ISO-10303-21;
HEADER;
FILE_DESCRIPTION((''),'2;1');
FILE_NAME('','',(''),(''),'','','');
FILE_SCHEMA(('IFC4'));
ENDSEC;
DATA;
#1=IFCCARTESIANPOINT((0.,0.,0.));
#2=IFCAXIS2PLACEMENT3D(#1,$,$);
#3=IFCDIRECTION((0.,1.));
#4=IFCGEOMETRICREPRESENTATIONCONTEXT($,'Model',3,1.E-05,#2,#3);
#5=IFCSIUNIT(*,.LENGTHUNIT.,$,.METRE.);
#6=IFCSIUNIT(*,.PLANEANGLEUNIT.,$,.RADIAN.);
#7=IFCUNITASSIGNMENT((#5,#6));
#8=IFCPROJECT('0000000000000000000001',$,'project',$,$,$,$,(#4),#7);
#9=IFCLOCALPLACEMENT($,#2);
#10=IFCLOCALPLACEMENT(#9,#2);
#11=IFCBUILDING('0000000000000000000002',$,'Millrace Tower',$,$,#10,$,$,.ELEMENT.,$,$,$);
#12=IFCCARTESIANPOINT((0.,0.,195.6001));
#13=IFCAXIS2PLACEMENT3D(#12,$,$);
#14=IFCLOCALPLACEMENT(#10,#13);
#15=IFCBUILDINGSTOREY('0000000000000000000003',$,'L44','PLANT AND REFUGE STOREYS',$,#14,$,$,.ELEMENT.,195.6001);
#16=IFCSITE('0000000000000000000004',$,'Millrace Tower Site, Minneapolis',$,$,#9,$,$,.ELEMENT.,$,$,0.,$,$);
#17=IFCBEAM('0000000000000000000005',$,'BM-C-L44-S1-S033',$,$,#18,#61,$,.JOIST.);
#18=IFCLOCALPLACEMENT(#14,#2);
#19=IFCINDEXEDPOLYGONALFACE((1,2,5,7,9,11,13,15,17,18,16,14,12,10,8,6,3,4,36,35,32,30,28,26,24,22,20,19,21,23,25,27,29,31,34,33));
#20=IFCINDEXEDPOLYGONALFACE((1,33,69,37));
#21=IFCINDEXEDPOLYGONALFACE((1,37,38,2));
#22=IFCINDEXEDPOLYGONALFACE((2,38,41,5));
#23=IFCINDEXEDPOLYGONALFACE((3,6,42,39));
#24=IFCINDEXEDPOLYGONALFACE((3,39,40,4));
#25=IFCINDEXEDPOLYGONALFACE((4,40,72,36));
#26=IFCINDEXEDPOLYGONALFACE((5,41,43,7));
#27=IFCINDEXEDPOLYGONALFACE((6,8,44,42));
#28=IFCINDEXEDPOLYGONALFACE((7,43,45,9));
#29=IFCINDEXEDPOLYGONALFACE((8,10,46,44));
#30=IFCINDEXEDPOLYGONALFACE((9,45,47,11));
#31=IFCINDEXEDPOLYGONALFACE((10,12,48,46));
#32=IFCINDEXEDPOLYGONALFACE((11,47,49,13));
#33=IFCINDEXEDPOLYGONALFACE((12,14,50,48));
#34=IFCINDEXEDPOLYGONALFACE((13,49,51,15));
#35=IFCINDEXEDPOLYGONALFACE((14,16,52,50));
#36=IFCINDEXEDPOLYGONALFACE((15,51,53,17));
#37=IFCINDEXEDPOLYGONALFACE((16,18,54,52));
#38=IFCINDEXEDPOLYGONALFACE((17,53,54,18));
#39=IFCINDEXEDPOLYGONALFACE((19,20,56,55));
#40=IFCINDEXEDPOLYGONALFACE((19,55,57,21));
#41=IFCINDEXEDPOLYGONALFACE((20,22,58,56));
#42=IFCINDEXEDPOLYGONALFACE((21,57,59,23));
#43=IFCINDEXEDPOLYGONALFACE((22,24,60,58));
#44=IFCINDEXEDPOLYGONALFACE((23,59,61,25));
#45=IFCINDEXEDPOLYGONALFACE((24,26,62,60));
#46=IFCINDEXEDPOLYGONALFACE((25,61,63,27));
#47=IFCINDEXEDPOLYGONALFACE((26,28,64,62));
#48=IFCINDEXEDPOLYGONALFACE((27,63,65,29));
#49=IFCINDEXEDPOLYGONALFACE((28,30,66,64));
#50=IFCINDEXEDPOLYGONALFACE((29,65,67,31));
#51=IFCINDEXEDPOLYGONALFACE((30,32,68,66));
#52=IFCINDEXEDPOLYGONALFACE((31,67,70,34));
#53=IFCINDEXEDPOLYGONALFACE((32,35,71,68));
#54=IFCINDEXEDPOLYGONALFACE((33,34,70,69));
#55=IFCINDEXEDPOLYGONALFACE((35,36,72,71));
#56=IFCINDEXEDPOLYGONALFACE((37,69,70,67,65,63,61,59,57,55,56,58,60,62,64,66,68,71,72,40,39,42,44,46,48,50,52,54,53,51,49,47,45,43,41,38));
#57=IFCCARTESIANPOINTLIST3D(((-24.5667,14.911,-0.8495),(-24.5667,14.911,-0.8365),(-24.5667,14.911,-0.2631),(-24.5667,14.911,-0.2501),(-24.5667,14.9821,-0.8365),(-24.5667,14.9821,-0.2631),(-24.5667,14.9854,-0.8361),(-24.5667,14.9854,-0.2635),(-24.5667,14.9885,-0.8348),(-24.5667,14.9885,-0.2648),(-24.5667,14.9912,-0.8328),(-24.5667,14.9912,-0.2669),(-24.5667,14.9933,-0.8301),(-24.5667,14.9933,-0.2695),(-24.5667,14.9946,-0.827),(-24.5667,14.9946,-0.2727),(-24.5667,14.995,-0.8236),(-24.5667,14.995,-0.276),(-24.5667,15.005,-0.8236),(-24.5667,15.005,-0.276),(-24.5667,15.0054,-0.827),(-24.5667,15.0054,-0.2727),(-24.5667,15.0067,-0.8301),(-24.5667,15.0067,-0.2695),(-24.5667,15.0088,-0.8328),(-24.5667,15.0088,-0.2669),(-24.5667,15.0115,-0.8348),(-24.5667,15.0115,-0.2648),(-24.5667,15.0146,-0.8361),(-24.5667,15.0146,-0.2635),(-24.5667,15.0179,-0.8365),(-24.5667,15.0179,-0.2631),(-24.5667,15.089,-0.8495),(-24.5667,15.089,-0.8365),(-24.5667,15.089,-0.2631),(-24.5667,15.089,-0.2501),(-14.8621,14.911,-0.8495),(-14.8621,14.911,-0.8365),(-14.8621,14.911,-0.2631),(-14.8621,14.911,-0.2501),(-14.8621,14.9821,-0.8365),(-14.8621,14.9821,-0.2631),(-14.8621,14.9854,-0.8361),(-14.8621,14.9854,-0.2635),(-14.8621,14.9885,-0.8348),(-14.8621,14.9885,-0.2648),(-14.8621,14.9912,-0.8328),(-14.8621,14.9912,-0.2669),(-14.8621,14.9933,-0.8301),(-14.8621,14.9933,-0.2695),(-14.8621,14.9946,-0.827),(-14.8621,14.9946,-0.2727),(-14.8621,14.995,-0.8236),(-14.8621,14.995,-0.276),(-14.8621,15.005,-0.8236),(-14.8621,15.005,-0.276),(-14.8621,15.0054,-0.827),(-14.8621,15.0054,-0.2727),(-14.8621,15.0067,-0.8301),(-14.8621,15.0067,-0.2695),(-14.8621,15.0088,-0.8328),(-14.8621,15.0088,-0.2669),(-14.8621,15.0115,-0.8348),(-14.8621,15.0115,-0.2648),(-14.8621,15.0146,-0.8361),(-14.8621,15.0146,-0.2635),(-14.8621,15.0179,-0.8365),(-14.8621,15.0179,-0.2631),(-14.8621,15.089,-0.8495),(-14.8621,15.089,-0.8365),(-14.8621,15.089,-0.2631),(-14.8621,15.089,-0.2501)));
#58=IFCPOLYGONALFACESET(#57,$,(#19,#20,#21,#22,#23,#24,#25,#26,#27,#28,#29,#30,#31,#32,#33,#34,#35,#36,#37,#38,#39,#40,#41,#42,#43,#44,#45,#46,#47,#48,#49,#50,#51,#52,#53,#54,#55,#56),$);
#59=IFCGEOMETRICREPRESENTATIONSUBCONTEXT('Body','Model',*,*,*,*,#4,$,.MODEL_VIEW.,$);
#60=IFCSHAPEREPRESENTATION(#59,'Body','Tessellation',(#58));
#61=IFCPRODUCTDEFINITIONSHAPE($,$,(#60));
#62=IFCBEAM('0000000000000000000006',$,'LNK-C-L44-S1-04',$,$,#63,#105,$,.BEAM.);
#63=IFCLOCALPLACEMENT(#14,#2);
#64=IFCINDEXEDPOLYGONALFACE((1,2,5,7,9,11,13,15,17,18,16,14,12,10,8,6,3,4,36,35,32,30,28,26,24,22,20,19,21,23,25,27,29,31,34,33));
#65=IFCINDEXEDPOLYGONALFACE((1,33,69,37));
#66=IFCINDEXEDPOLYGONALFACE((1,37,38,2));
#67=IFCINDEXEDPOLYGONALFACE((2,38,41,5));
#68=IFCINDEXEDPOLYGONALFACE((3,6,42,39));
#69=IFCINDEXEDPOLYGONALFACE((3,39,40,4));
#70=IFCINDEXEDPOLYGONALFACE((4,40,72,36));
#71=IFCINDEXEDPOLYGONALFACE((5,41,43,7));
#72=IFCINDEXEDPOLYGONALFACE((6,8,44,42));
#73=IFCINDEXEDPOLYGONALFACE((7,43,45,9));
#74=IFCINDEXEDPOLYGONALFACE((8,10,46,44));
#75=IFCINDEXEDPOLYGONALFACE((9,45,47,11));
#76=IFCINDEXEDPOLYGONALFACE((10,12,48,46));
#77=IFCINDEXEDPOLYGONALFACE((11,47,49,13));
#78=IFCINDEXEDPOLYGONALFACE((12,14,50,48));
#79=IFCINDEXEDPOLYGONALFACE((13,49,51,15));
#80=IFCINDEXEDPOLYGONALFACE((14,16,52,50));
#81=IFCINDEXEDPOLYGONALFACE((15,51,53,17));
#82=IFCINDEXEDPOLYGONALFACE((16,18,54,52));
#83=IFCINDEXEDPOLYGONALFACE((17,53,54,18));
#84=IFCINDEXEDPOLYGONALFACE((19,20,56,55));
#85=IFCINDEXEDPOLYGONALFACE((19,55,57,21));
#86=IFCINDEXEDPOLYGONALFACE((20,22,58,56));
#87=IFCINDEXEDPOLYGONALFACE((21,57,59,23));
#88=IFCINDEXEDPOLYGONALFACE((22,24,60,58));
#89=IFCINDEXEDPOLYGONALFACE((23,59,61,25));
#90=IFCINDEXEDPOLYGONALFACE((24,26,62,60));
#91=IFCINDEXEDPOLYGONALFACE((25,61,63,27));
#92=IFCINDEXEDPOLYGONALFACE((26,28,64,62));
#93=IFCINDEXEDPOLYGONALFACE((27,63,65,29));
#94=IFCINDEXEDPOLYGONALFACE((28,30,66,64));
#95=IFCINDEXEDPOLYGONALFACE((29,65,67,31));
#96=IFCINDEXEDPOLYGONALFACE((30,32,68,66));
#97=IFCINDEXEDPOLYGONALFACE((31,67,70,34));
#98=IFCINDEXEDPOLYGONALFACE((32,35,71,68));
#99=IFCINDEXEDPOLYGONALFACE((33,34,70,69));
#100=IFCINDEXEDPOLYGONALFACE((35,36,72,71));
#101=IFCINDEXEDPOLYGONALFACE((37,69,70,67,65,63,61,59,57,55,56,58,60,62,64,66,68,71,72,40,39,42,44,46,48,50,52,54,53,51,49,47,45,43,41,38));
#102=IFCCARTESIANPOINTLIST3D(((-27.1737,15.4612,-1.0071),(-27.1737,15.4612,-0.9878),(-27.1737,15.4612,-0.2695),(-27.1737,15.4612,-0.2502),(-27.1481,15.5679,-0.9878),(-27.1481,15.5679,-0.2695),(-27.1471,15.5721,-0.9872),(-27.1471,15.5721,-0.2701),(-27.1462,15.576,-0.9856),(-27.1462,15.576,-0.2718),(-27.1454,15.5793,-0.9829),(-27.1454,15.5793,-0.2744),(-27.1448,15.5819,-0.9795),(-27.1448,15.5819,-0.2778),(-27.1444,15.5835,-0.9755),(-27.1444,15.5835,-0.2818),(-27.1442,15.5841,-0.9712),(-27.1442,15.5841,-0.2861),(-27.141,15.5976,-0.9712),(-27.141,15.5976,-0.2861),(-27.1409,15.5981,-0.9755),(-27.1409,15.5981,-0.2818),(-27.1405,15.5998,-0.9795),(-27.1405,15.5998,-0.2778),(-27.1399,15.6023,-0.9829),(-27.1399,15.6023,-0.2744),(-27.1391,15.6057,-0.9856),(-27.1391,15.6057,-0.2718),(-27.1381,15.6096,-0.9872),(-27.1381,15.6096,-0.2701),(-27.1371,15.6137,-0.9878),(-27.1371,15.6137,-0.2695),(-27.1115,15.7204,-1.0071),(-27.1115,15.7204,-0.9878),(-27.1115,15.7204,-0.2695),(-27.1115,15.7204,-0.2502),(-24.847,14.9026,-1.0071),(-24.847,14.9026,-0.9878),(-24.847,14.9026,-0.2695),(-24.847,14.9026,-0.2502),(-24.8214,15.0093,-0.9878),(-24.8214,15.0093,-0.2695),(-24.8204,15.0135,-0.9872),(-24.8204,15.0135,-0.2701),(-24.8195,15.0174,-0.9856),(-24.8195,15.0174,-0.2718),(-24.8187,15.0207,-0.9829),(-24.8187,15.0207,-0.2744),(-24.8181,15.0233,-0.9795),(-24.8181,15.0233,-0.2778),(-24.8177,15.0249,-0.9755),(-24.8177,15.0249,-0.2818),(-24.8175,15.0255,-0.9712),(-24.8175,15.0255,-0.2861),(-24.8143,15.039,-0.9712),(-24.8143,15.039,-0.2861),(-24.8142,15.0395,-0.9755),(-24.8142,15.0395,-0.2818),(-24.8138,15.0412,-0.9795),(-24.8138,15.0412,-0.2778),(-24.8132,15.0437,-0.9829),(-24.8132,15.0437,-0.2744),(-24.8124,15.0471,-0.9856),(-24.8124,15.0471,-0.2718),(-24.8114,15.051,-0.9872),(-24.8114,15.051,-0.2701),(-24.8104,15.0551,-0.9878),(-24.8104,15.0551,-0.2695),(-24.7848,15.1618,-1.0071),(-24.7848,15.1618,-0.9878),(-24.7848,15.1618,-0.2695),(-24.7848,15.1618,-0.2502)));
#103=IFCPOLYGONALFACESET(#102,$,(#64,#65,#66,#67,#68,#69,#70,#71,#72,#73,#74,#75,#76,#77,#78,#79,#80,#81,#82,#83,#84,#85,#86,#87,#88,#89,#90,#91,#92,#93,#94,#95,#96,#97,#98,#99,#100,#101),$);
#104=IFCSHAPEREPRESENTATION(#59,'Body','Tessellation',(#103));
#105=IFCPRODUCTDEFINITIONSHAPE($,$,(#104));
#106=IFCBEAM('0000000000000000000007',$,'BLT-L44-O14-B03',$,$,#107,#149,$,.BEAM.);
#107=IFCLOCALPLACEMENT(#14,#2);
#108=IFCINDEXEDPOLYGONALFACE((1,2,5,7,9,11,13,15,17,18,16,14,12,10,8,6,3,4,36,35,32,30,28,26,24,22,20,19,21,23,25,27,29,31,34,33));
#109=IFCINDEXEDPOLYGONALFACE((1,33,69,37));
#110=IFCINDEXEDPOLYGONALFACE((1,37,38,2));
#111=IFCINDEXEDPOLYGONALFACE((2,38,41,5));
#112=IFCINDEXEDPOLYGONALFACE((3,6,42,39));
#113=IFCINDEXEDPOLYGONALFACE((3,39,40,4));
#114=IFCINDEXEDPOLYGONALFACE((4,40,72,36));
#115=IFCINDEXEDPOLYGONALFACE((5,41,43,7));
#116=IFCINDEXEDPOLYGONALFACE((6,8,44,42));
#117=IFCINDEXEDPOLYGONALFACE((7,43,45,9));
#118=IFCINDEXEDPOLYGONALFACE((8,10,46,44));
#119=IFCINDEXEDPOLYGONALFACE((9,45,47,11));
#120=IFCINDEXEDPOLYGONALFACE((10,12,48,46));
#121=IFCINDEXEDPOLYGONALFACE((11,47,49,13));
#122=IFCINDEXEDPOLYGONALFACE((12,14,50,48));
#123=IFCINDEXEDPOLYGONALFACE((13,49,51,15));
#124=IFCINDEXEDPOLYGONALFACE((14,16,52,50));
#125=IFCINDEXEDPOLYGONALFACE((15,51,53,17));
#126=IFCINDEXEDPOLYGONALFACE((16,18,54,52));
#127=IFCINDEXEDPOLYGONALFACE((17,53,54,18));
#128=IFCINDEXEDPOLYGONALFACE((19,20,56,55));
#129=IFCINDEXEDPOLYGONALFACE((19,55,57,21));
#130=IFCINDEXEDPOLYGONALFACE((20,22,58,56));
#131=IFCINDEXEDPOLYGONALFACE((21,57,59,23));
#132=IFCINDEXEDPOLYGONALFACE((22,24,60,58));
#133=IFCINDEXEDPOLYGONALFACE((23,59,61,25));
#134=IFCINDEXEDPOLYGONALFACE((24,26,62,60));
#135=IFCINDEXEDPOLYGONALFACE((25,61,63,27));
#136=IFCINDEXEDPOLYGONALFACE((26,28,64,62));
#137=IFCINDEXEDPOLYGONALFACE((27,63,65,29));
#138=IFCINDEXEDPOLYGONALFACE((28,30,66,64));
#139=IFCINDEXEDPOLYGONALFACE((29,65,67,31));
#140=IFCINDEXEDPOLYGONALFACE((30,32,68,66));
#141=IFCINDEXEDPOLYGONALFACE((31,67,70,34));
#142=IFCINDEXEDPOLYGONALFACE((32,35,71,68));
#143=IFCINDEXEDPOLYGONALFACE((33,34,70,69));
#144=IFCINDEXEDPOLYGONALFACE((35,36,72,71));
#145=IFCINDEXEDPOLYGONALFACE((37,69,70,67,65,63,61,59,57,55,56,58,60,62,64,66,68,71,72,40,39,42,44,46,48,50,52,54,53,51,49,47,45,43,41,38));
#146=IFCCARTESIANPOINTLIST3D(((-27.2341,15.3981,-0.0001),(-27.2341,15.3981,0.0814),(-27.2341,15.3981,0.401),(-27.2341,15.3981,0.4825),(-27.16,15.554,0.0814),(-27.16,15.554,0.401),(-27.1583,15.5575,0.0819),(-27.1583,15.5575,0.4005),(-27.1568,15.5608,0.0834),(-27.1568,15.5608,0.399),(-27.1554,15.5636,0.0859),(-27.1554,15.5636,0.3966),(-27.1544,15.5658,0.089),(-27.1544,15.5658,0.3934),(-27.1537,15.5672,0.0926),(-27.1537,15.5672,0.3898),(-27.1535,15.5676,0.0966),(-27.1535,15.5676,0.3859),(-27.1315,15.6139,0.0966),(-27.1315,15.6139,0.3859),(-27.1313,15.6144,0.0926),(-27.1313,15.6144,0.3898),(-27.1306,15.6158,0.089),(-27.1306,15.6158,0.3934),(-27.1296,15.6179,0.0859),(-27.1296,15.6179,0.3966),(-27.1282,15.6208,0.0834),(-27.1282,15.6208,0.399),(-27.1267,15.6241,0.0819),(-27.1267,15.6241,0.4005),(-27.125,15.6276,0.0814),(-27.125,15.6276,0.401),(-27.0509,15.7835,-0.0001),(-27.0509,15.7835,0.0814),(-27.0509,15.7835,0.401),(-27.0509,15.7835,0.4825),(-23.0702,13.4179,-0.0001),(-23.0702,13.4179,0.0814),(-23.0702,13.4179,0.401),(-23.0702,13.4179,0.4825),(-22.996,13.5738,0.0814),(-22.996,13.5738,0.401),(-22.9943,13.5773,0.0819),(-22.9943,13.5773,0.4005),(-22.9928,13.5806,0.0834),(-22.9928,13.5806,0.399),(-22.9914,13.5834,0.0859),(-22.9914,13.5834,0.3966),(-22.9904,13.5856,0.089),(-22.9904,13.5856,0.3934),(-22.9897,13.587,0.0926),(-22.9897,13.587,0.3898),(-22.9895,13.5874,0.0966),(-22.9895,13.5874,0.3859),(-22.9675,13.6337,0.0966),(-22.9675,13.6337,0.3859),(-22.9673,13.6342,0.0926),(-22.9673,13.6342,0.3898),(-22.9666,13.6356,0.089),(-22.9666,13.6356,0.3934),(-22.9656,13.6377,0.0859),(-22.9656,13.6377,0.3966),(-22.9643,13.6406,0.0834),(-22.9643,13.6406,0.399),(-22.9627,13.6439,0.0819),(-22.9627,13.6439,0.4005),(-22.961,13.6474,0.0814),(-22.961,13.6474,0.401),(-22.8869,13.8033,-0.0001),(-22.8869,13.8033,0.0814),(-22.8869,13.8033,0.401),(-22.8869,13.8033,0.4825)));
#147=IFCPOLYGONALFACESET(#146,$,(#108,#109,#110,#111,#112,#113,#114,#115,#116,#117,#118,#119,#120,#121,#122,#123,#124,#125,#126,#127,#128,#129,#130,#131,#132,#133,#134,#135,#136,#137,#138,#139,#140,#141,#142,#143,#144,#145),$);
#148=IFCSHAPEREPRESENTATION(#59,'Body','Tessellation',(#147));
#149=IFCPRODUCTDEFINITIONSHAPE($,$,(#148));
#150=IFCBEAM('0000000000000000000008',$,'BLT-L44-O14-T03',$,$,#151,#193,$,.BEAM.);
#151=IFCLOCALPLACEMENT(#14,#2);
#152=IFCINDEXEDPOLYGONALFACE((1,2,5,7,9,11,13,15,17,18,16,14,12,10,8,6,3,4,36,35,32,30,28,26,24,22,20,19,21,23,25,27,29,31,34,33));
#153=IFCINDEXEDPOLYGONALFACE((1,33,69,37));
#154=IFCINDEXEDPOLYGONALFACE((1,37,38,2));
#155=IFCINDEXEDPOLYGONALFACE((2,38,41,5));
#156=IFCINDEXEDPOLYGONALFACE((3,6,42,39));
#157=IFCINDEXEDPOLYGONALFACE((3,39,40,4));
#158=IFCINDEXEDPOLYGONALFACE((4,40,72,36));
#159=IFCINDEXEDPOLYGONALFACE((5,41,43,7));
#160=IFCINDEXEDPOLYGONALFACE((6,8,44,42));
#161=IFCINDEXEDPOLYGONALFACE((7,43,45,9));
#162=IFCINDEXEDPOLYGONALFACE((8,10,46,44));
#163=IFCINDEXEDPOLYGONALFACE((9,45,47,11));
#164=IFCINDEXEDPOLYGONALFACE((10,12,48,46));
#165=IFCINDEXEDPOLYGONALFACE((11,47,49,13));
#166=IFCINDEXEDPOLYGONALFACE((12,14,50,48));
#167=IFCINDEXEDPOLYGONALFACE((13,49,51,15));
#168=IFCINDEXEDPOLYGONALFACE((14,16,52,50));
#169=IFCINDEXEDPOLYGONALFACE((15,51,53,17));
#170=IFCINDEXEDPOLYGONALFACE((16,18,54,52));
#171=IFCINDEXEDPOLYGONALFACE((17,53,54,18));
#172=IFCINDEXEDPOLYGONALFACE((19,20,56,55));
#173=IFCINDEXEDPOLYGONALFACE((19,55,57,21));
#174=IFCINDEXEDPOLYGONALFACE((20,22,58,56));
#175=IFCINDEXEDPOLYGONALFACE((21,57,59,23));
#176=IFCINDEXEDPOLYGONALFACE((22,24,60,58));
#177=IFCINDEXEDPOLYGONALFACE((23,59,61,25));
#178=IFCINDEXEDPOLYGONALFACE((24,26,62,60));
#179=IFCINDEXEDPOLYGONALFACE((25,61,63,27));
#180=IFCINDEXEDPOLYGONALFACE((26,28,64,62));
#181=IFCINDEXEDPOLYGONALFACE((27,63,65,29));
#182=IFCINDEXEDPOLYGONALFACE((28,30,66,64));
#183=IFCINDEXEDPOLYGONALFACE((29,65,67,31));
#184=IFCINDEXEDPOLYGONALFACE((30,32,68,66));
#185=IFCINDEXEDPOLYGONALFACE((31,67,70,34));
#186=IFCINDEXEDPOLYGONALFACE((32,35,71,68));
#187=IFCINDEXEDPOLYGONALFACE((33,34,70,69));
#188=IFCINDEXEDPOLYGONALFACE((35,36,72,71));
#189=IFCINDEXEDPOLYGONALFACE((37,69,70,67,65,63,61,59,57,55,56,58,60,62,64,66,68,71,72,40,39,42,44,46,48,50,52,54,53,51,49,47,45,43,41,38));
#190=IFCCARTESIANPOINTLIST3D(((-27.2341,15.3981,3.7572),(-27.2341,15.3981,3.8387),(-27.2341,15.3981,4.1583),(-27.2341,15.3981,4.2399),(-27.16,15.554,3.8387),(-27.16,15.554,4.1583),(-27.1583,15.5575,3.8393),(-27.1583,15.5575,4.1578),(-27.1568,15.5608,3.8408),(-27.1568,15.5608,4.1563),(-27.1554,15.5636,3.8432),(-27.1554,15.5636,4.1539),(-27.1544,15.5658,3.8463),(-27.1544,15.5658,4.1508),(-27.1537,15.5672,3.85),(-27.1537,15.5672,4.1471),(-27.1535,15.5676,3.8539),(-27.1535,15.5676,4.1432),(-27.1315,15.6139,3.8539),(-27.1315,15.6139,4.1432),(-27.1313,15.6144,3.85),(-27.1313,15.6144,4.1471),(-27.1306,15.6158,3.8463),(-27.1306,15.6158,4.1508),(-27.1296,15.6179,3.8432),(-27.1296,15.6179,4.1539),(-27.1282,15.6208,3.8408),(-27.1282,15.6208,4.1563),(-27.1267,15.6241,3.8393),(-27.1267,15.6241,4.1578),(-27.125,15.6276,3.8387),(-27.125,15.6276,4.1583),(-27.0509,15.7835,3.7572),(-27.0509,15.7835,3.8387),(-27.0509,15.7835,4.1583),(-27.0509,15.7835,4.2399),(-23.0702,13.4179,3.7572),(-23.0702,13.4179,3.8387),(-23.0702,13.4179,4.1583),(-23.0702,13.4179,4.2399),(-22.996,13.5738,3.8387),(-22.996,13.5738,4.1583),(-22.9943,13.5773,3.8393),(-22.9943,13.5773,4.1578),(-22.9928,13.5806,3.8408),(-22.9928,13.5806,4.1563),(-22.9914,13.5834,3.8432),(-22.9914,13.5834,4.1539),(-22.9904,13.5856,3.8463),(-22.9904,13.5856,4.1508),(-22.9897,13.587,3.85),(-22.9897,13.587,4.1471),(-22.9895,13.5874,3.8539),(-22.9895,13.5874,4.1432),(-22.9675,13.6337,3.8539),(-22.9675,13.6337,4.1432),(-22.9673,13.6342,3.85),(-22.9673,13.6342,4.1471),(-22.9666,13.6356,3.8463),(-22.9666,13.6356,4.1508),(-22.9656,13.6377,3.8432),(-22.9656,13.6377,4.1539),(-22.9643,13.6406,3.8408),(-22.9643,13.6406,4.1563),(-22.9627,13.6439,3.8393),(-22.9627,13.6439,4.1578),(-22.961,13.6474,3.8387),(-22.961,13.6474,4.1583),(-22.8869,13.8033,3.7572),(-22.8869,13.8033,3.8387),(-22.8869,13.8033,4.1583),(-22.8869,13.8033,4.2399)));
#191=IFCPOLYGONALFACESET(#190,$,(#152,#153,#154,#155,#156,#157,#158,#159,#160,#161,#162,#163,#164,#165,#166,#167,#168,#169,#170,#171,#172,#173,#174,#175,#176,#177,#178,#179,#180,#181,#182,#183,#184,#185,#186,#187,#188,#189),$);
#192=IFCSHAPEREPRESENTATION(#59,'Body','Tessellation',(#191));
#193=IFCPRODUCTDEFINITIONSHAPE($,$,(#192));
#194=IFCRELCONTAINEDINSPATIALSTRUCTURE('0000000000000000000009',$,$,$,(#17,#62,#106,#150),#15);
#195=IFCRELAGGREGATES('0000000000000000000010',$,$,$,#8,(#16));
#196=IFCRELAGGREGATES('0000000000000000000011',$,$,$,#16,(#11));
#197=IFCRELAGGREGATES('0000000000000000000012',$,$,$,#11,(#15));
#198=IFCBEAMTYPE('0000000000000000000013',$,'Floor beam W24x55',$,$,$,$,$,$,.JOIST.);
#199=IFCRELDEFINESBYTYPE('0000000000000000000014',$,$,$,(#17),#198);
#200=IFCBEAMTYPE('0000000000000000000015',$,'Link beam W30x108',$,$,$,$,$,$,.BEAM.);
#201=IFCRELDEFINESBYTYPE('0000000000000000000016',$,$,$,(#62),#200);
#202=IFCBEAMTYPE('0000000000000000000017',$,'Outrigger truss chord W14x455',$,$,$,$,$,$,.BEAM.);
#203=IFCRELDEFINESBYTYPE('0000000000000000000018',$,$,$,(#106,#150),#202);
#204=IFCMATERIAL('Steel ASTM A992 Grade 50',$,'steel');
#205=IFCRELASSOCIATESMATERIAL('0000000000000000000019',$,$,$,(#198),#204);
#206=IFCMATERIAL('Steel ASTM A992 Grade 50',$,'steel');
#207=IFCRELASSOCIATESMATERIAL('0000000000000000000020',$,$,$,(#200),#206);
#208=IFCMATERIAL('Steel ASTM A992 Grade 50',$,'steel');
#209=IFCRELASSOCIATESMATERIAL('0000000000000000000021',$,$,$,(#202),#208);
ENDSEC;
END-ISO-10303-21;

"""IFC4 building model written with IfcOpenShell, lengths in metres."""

from ifc_helpers import new_model, si_unit, direction, frame, origin, origin_2d, place, context, subcontext, project, spatial, i_section, extrude, material, material_profile, profile_set, type_object, element, save


model = new_model("IFC4")

# Units and contexts
model_context = context("Model", 3, precision=1e-05, world=origin(), true_north=direction((0.0, 1.0)))
body_context = subcontext(model_context, "Body", "Model", "MODEL_VIEW")
ifc_project = project(units=[si_unit("LENGTHUNIT", "METRE"), si_unit("PLANEANGLEUNIT", "RADIAN")], contexts=[model_context])

# Site, building, storey
site_placement = place(None, origin())
site = spatial("IfcSite", under=ifc_project, at=site_placement, Name="Millrace Tower Site, Minneapolis", CompositionType="ELEMENT", RefElevation=0.0)
building_placement = place(site_placement, origin())
building = spatial("IfcBuilding", under=site, at=building_placement, Name="Millrace Tower", CompositionType="ELEMENT")
storey_placement = place(building_placement, frame((0.0, 0.0, 195.6001)))
storey = spatial("IfcBuildingStorey", under=building, at=storey_placement, Name="L44", Description="PLANT AND REFUGE STOREYS", CompositionType="ELEMENT", Elevation=195.6001)

# Beams
ifc_material_1 = material(Name="Steel ASTM A992 Grade 50", Category="steel")
ifc_material_profile_1 = material_profile(ifc_material_1, i_section(OverallWidth=0.178, OverallDepth=0.5994, WebThickness=0.01, FlangeThickness=0.0129, FilletRadius=0.0129, at=origin_2d()))
ifc_profile_set_1 = profile_set([ifc_material_profile_1], Name="Steel ASTM A992 Grade 50")
beam_type_1 = type_object("IfcBeamType", Name="Floor beam W24x55", PredefinedType="JOIST", material=ifc_profile_set_1)
beam_1_placement = place(storey_placement, frame((-24.5667, 15.0, -0.5498), z_axis=(1.0, 0.0, 0.0), x_axis=(0.0, 1.0, 0.0)))
element("IfcBeam", 1, at=beam_1_placement, inside=storey, type_object=beam_type_1, Name="BM-C-L44-S1-S033", PredefinedType="JOIST", context=body_context, shape_type="SweptSolid", body=[
    extrude(i_section(OverallWidth=0.178, OverallDepth=0.5994, WebThickness=0.01, FlangeThickness=0.0129, FilletRadius=0.0129, at=origin_2d()), origin(), (0.0, 0.0, 1.0), 9.7046),
])
ifc_material_2 = material(Name="Steel ASTM A992 Grade 50", Category="steel")
ifc_material_profile_2 = material_profile(ifc_material_2, i_section(OverallWidth=0.2666, OverallDepth=0.7568, WebThickness=0.0139, FlangeThickness=0.0193, FilletRadius=0.0166, at=origin_2d()))
ifc_profile_set_2 = profile_set([ifc_material_profile_2], Name="Steel ASTM A992 Grade 50")
beam_type_2 = type_object("IfcBeamType", Name="Link beam W30x108", PredefinedType="BEAM", material=ifc_profile_set_2)
beam_2_placement = place(storey_placement, frame((-24.8159, 15.0322, -0.6287), z_axis=(-0.972369, 0.23345, 0.0), x_axis=(-0.23345, -0.972369, 0.0)))
element("IfcBeam", 2, at=beam_2_placement, inside=storey, type_object=beam_type_2, Name="LNK-C-L44-S1-04", PredefinedType="BEAM", context=body_context, shape_type="SweptSolid", body=[
    extrude(i_section(OverallWidth=0.2666, OverallDepth=0.7568, WebThickness=0.0139, FlangeThickness=0.0193, FilletRadius=0.0166, at=origin_2d()), origin(), (0.0, 0.0, 1.0), 2.3928),
])
ifc_material_3 = material(Name="Steel ASTM A992 Grade 50", Category="steel")
ifc_material_profile_3 = material_profile(ifc_material_3, i_section(OverallWidth=0.4268, OverallDepth=0.4827, WebThickness=0.0513, FlangeThickness=0.0815, FilletRadius=0.0151, at=origin_2d()))
ifc_profile_set_3 = profile_set([ifc_material_profile_3], Name="Steel ASTM A992 Grade 50")
beam_type_3 = type_object("IfcBeamType", Name="Outrigger truss chord W14x455", PredefinedType="BEAM", material=ifc_profile_set_3)
for number, where, z_axis, x_axis, name in (
    (3, (-22.9785, 13.6106, 0.2412), (-0.903085, 0.429463, 0.0), (-0.429463, -0.903085, 0.0), "BLT-L44-O14-B03"),
    (4, (-22.9785, 13.6106, 3.9985), (-0.903085, 0.429463, 0.0), (-0.429463, -0.903085, 0.0), "BLT-L44-O14-T03"),
):
    element("IfcBeam", number, at=place(storey_placement, frame(where, z_axis=z_axis, x_axis=x_axis)), inside=storey, type_object=beam_type_3, Name=name, PredefinedType="BEAM", context=body_context, shape_type="SweptSolid", body=[
        extrude(i_section(OverallWidth=0.4268, OverallDepth=0.4827, WebThickness=0.0513, FlangeThickness=0.0815, FilletRadius=0.0151, at=origin_2d()), origin(), (0.0, 0.0, 1.0), 4.6108),
    ])

save(model, "model.ifc")
